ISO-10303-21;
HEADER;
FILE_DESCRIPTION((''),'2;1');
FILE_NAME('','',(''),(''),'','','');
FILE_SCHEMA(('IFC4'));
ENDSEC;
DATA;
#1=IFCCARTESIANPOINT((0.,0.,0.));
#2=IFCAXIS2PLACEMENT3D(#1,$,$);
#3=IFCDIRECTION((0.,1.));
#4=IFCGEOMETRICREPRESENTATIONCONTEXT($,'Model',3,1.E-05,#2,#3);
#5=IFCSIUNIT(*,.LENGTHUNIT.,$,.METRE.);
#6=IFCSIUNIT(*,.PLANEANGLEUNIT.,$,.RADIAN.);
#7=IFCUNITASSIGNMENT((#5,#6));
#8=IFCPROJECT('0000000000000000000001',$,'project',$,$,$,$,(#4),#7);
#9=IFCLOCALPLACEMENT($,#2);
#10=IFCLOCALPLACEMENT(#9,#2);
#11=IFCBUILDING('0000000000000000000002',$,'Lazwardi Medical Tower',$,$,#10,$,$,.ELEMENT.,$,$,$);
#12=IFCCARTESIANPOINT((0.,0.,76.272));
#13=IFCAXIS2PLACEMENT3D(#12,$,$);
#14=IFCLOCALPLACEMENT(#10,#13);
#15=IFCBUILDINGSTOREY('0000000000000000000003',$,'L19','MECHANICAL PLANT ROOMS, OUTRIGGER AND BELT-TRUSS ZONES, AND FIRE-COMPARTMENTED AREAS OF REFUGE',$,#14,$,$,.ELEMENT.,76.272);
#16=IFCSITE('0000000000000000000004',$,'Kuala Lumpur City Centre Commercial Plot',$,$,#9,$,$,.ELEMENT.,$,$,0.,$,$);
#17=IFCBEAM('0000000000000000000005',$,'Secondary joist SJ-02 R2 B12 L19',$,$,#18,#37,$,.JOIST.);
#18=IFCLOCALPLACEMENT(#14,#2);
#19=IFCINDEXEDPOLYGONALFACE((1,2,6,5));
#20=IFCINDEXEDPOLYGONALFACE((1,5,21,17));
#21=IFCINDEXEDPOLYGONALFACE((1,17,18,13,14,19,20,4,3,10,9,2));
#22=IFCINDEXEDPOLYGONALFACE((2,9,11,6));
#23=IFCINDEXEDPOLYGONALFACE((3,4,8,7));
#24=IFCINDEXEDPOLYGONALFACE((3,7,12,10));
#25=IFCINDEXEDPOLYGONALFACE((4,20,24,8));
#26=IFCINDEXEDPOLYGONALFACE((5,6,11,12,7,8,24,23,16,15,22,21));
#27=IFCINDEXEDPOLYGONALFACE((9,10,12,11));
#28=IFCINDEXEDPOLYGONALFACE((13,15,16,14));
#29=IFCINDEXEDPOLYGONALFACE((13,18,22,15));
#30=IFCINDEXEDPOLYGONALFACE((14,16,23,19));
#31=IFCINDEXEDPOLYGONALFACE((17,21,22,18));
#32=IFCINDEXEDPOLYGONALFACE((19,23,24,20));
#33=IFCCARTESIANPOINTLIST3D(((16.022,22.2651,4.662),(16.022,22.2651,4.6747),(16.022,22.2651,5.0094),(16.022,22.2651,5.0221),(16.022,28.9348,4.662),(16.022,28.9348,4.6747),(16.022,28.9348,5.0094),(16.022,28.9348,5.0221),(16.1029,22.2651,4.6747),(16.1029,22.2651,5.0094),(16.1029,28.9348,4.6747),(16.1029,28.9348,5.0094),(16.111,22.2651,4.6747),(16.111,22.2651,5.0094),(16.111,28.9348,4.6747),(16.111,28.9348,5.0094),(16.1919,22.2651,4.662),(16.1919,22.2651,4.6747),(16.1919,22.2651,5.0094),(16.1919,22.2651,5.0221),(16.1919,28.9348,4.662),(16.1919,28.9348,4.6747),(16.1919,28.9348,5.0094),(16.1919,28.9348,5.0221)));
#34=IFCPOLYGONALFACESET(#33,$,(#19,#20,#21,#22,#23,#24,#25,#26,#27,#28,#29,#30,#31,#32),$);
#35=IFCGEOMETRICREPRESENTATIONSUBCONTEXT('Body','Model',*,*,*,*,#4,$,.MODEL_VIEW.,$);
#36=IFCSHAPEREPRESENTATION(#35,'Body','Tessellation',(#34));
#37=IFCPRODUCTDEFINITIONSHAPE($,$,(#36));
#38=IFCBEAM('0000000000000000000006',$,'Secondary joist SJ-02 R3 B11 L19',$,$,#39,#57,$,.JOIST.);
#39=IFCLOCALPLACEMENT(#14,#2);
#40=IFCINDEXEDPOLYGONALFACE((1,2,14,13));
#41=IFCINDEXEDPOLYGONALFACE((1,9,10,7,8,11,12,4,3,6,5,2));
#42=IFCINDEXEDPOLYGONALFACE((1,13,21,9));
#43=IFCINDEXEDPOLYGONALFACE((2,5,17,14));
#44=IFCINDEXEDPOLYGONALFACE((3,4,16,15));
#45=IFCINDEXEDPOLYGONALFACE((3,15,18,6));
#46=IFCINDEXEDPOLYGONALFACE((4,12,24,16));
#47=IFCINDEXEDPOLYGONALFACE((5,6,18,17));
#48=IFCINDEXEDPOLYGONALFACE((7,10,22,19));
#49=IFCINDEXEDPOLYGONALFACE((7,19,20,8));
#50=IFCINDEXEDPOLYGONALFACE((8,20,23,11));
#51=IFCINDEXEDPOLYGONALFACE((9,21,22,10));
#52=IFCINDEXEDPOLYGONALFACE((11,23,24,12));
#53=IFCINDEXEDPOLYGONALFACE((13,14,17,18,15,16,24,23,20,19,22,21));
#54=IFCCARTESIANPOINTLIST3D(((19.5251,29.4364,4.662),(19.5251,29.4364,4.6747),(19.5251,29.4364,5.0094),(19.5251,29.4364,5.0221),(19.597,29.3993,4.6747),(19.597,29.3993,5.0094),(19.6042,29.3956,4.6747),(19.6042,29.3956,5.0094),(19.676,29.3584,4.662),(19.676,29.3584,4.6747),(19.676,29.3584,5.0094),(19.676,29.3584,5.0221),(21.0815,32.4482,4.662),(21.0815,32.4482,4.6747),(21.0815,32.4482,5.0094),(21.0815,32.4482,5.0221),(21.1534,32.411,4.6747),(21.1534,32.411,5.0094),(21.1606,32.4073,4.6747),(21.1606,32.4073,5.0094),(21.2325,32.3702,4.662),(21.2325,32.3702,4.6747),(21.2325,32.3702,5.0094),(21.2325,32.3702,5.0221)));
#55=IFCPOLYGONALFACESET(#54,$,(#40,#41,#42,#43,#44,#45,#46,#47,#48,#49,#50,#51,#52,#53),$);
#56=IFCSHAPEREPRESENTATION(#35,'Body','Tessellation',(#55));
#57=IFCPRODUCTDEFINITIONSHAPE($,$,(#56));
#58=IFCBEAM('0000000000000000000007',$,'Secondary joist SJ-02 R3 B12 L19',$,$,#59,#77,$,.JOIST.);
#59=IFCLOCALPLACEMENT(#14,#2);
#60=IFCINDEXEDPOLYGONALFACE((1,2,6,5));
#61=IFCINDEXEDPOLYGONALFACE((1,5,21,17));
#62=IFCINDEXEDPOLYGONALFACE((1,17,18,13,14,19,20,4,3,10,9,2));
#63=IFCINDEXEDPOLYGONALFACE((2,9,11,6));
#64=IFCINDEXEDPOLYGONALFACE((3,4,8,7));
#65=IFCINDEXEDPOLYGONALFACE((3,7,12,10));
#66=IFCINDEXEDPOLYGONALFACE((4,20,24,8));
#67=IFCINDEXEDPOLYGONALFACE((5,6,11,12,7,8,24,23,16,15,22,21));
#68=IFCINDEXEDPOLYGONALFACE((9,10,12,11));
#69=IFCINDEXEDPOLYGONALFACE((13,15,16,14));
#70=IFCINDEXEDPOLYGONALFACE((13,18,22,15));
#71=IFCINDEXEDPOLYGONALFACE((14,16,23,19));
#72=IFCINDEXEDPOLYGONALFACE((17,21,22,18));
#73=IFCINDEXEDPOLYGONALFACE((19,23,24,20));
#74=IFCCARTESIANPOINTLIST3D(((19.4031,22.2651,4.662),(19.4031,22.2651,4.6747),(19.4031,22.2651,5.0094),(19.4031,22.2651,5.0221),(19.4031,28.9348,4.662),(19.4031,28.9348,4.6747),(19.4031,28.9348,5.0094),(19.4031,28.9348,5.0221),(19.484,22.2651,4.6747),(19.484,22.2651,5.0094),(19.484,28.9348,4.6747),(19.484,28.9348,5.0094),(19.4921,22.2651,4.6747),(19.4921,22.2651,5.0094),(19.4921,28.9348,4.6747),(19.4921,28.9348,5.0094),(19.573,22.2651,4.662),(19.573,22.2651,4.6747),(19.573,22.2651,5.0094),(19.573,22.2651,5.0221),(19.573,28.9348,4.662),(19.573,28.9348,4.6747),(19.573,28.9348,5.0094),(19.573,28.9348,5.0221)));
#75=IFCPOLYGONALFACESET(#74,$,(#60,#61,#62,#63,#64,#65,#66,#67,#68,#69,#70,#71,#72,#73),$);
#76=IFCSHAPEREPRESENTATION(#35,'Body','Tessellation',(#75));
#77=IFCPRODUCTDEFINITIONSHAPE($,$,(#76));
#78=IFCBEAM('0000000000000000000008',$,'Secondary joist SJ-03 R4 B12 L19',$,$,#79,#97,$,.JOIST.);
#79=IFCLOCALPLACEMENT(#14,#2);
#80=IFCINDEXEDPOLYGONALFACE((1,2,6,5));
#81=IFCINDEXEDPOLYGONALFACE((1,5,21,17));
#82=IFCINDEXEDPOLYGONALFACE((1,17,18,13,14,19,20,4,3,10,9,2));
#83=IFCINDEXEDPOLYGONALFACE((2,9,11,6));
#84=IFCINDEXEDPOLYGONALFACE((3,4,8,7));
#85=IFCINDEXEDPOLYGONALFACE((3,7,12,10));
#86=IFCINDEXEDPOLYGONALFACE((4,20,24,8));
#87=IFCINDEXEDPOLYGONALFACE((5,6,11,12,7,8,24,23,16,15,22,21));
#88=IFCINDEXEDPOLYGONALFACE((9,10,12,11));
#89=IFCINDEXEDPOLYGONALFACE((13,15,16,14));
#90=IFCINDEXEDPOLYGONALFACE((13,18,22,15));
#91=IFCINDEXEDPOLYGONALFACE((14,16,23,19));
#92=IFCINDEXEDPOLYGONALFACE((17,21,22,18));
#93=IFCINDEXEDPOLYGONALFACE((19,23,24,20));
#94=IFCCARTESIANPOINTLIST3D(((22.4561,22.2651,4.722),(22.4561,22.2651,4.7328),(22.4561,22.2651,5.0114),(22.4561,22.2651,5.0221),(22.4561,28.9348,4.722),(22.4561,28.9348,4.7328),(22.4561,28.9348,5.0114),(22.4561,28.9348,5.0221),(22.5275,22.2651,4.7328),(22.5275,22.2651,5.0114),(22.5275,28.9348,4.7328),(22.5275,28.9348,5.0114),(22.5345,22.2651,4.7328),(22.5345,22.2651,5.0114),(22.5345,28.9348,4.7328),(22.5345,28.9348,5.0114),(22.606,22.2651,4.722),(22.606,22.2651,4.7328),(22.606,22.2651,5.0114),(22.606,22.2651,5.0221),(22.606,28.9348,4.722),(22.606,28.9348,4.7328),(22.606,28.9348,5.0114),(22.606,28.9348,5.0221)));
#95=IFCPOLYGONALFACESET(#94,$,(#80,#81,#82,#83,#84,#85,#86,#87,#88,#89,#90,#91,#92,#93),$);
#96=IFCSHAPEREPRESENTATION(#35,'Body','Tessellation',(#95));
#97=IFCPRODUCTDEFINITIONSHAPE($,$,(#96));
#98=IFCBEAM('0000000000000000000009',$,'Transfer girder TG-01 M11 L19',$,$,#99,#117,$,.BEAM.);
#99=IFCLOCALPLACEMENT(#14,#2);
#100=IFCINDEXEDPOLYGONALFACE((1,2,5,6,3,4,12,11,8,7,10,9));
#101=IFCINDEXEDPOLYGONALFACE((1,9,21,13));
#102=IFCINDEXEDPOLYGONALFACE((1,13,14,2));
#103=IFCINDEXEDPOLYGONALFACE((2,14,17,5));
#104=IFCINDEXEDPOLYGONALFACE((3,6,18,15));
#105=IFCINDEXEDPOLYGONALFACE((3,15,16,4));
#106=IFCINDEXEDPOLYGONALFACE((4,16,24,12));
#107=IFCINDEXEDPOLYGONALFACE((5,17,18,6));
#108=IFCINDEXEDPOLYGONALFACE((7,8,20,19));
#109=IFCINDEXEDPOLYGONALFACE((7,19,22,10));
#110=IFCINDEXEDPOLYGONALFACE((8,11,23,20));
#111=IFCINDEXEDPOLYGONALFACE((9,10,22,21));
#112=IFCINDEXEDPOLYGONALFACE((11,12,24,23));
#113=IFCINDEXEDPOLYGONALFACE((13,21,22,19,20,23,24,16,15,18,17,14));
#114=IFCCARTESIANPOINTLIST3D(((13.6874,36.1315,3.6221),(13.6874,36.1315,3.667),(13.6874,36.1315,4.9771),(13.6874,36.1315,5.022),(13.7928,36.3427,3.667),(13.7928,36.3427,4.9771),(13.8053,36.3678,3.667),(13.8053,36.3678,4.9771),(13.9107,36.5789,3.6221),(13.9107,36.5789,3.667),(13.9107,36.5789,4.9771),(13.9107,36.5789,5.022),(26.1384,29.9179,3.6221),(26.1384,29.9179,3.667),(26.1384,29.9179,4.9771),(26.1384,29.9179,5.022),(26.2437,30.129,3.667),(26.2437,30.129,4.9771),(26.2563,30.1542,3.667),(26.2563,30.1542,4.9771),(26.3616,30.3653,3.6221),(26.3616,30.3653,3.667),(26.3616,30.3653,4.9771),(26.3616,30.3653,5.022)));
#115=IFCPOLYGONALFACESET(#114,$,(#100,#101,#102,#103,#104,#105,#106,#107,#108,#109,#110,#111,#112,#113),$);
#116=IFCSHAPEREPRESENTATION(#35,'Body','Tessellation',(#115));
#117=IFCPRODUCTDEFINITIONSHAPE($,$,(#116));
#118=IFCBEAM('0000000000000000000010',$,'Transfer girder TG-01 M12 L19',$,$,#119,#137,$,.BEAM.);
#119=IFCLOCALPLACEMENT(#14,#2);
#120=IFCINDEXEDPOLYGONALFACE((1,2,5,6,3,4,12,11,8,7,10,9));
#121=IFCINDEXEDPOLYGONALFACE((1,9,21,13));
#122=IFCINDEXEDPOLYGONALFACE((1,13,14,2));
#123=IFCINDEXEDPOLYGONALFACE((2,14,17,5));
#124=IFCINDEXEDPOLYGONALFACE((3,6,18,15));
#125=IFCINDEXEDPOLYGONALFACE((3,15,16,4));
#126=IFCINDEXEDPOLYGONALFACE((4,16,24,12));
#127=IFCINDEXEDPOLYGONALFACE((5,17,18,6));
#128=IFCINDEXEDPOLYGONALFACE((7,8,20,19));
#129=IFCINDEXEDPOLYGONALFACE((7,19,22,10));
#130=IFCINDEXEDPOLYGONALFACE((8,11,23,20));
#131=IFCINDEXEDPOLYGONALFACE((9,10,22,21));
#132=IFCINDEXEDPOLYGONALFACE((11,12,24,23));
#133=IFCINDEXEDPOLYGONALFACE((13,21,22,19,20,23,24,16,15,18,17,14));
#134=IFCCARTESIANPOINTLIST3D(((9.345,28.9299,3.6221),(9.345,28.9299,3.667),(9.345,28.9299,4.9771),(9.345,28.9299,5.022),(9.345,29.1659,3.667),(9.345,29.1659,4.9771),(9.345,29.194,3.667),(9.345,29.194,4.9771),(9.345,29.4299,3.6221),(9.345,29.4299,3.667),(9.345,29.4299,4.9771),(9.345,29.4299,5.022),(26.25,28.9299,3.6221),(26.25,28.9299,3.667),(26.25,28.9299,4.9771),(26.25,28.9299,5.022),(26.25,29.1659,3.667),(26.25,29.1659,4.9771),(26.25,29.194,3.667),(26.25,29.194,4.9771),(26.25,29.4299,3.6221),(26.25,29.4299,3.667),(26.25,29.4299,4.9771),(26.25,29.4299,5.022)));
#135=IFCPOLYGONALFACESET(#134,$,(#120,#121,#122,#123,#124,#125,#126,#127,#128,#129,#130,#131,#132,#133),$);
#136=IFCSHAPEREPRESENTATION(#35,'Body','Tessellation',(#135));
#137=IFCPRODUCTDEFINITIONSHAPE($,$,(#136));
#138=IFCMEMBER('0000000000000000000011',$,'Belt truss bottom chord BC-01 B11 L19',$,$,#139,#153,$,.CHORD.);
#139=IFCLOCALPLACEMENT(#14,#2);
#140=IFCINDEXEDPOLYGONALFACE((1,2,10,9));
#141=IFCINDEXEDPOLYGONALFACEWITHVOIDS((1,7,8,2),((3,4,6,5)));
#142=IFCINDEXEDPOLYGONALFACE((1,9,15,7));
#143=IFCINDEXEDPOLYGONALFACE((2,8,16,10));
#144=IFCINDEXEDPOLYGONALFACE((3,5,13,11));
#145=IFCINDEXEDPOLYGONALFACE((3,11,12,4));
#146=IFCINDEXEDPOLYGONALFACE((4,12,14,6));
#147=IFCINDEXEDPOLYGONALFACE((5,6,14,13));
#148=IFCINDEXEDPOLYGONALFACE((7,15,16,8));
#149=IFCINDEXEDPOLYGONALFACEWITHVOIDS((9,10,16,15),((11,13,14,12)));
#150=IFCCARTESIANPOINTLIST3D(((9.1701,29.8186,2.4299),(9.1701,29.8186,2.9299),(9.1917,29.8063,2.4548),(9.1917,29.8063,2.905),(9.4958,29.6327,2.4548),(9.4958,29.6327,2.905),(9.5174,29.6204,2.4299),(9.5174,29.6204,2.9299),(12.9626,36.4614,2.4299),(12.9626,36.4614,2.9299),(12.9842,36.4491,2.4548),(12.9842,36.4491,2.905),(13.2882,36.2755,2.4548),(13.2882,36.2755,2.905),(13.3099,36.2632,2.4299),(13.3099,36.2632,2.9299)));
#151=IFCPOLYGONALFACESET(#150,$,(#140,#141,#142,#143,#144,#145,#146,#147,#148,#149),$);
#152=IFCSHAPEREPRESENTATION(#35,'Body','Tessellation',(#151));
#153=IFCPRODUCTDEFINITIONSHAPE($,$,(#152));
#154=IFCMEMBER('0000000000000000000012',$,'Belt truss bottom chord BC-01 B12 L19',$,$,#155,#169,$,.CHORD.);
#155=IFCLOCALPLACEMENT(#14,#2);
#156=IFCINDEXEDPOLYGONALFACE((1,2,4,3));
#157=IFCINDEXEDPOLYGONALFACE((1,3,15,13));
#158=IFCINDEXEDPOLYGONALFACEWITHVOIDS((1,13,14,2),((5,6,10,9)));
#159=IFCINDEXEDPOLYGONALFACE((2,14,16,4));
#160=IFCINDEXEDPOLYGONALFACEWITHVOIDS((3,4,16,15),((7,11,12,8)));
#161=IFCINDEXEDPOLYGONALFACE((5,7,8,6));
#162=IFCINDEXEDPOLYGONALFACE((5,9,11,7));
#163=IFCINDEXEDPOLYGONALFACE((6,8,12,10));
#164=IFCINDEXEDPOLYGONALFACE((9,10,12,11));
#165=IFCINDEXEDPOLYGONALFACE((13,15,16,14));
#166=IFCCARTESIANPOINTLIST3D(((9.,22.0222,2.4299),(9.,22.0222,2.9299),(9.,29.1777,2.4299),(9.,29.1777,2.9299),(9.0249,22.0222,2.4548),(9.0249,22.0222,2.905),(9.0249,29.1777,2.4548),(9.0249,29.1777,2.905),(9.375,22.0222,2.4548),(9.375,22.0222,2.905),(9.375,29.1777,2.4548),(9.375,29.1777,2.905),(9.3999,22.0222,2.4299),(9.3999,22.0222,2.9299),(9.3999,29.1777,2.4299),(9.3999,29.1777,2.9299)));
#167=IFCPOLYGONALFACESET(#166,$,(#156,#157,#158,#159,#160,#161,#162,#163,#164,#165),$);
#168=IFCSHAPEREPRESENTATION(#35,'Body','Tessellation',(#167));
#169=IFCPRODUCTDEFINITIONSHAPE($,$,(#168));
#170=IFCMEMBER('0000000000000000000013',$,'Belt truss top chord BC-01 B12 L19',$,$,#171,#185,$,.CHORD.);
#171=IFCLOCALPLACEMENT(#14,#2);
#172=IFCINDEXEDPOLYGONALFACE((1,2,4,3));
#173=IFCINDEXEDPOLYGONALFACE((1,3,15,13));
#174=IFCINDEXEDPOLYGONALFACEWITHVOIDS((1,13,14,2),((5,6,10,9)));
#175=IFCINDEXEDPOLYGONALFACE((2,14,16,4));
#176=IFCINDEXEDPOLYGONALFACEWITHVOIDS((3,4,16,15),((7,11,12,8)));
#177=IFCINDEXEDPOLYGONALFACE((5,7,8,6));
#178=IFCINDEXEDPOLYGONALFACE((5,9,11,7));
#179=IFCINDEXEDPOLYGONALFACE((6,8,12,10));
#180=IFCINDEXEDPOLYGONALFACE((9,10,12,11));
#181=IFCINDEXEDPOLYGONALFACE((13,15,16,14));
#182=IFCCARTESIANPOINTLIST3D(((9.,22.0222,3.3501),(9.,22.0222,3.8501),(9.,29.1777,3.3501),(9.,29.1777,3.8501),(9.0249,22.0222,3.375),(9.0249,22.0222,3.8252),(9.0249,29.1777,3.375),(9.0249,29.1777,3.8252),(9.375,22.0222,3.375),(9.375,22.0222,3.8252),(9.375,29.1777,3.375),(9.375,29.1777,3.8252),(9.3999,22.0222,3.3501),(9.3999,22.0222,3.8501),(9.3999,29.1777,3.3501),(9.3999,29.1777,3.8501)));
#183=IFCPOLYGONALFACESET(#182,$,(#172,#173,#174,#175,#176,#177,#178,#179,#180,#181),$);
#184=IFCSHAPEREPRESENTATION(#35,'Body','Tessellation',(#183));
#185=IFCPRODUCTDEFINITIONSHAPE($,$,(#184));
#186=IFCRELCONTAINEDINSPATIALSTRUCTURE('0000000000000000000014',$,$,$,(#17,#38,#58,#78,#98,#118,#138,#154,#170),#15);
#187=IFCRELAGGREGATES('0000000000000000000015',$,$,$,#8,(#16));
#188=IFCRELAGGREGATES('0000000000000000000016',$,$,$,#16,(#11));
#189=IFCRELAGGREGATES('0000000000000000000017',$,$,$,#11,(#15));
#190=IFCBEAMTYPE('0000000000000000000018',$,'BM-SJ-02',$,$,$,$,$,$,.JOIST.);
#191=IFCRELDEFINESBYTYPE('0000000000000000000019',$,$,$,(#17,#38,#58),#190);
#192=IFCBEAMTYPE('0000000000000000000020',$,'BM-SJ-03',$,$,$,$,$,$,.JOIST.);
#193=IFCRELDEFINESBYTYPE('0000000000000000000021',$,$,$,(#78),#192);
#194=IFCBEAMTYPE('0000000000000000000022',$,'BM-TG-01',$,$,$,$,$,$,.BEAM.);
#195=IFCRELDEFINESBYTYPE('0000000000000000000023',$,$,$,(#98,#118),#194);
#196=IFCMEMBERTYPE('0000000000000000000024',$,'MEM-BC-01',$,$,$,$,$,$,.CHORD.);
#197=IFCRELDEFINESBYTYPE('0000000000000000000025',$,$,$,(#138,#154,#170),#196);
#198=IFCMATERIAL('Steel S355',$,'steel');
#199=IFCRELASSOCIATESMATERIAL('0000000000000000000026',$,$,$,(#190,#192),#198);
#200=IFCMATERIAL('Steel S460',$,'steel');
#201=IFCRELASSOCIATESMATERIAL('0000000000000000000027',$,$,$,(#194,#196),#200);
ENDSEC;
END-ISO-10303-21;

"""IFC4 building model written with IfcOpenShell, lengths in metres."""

from ifc_helpers import new_model, si_unit, direction, frame, origin, origin_2d, place, context, subcontext, project, spatial, hollow_rectangle, i_section, extrude, material, material_profile, profile_set, type_object, element, save


model = new_model("IFC4")

# Units and contexts
model_context = context("Model", 3, precision=1e-05, world=origin(), true_north=direction((0.0, 1.0)))
body_context = subcontext(model_context, "Body", "Model", "MODEL_VIEW")
ifc_project = project(units=[si_unit("LENGTHUNIT", "METRE"), si_unit("PLANEANGLEUNIT", "RADIAN")], contexts=[model_context])

# Site, building, storey
site_placement = place(None, origin())
site = spatial("IfcSite", under=ifc_project, at=site_placement, Name="Kuala Lumpur City Centre Commercial Plot", CompositionType="ELEMENT", RefElevation=0.0)
building_placement = place(site_placement, origin())
building = spatial("IfcBuilding", under=site, at=building_placement, Name="Lazwardi Medical Tower", CompositionType="ELEMENT")
storey_placement = place(building_placement, frame((0.0, 0.0, 76.272)))
storey = spatial("IfcBuildingStorey", under=building, at=storey_placement, Name="L19", Description="MECHANICAL PLANT ROOMS, OUTRIGGER AND BELT-TRUSS ZONES, AND FIRE-COMPARTMENTED AREAS OF REFUGE", CompositionType="ELEMENT", Elevation=76.272)

# Beams
ifc_material_1 = material(Name="Steel S460", Category="steel")
ifc_material_2 = material(Name="Steel S355", Category="steel")
ifc_material_profile_1 = material_profile(ifc_material_2, i_section(OverallWidth=0.1699, OverallDepth=0.3601, WebThickness=0.0081, FlangeThickness=0.0127, at=origin_2d()), Name="IPE 360")
ifc_profile_set_1 = profile_set([ifc_material_profile_1], Name="Steel S355")
beam_type_1 = type_object("IfcBeamType", Name="BM-SJ-02", PredefinedType="JOIST", material=ifc_profile_set_1)
beam_1_placement = place(storey_placement, frame((16.1069, 28.9348, 4.842), z_axis=(0.0, -1.0, 0.0), x_axis=(1.0, 0.0, 0.0)))
element("IfcBeam", 1, at=beam_1_placement, inside=storey, type_object=beam_type_1, Name="Secondary joist SJ-02 R2 B12 L19", PredefinedType="JOIST", context=body_context, shape_type="SweptSolid", body=[
    extrude(i_section(OverallWidth=0.1699, OverallDepth=0.3601, WebThickness=0.0081, FlangeThickness=0.0127, at=origin_2d()), origin(), (0.0, 0.0, 1.0), 6.6697),
])
beam_2_placement = place(storey_placement, frame((21.157, 32.4092, 4.842), z_axis=(-0.4591, -0.888385, 0.0), x_axis=(0.888385, -0.4591, 0.0)))
element("IfcBeam", 2, at=beam_2_placement, inside=storey, type_object=beam_type_1, Name="Secondary joist SJ-02 R3 B11 L19", PredefinedType="JOIST", context=body_context, shape_type="SweptSolid", body=[
    extrude(i_section(OverallWidth=0.1699, OverallDepth=0.3601, WebThickness=0.0081, FlangeThickness=0.0127, at=origin_2d()), origin(), (0.0, 0.0, 1.0), 3.3901),
])
beam_3_placement = place(storey_placement, frame((19.488, 28.9348, 4.842), z_axis=(0.0, -1.0, 0.0), x_axis=(1.0, 0.0, 0.0)))
element("IfcBeam", 3, at=beam_3_placement, inside=storey, type_object=beam_type_1, Name="Secondary joist SJ-02 R3 B12 L19", PredefinedType="JOIST", context=body_context, shape_type="SweptSolid", body=[
    extrude(i_section(OverallWidth=0.1699, OverallDepth=0.3601, WebThickness=0.0081, FlangeThickness=0.0127, at=origin_2d()), origin(), (0.0, 0.0, 1.0), 6.6697),
])
ifc_material_profile_2 = material_profile(ifc_material_2, i_section(OverallWidth=0.1499, OverallDepth=0.3, WebThickness=0.0071, FlangeThickness=0.0107, at=origin_2d()), Name="IPE 300")
ifc_profile_set_2 = profile_set([ifc_material_profile_2], Name="Steel S355")
beam_type_2 = type_object("IfcBeamType", Name="BM-SJ-03", PredefinedType="JOIST", material=ifc_profile_set_2)
beam_4_placement = place(storey_placement, frame((22.531, 28.9348, 4.8721), z_axis=(0.0, -1.0, 0.0), x_axis=(1.0, 0.0, 0.0)))
element("IfcBeam", 4, at=beam_4_placement, inside=storey, type_object=beam_type_2, Name="Secondary joist SJ-03 R4 B12 L19", PredefinedType="JOIST", context=body_context, shape_type="SweptSolid", body=[
    extrude(i_section(OverallWidth=0.1499, OverallDepth=0.3, WebThickness=0.0071, FlangeThickness=0.0107, at=origin_2d()), origin(), (0.0, 0.0, 1.0), 6.6697),
])
ifc_material_profile_3 = material_profile(ifc_material_1, i_section(OverallWidth=0.5, OverallDepth=1.3999, WebThickness=0.0281, FlangeThickness=0.0449, at=origin_2d()), Name="PG 1400x500")
ifc_profile_set_3 = profile_set([ifc_material_profile_3], Name="Steel S460")
beam_type_3 = type_object("IfcBeamType", Name="BM-TG-01", PredefinedType="BEAM", material=ifc_profile_set_3)
beam_5_placement = place(storey_placement, frame((13.7991, 36.3552, 4.322), z_axis=(0.894767, -0.446533, 0.0), x_axis=(0.446533, 0.894767, 0.0)))
element("IfcBeam", 5, at=beam_5_placement, inside=storey, type_object=beam_type_3, Name="Transfer girder TG-01 M11 L19", PredefinedType="BEAM", context=body_context, shape_type="SweptSolid", body=[
    extrude(i_section(OverallWidth=0.5, OverallDepth=1.3999, WebThickness=0.0281, FlangeThickness=0.0449, at=origin_2d()), origin(), (0.0, 0.0, 1.0), 13.9153),
])
beam_6_placement = place(storey_placement, frame((9.345, 29.1799, 4.322), z_axis=(1.0, 0.0, 0.0), x_axis=(0.0, 1.0, 0.0)))
element("IfcBeam", 6, at=beam_6_placement, inside=storey, type_object=beam_type_3, Name="Transfer girder TG-01 M12 L19", PredefinedType="BEAM", context=body_context, shape_type="SweptSolid", body=[
    extrude(i_section(OverallWidth=0.5, OverallDepth=1.3999, WebThickness=0.0281, FlangeThickness=0.0449, at=origin_2d()), origin(), (0.0, 0.0, 1.0), 16.905),
])

# Members
ifc_material_profile_4 = material_profile(ifc_material_1, hollow_rectangle(XDim=0.3999, YDim=0.5, WallThickness=0.0249, at=origin_2d()), Name="RHS 500x400x25")
ifc_profile_set_4 = profile_set([ifc_material_profile_4], Name="Steel S460")
member_type_1 = type_object("IfcMemberType", Name="MEM-BC-01", PredefinedType="CHORD", material=ifc_profile_set_4)
member_1_placement = place(storey_placement, frame((13.1362, 36.3623, 2.6799), z_axis=(-0.495802, -0.868436, 0.0), x_axis=(0.868436, -0.495802, 0.0)))
element("IfcMember", 7, at=member_1_placement, inside=storey, type_object=member_type_1, Name="Belt truss bottom chord BC-01 B11 L19", PredefinedType="CHORD", context=body_context, shape_type="SweptSolid", body=[
    extrude(hollow_rectangle(XDim=0.3999, YDim=0.5, WallThickness=0.0249, at=origin_2d()), origin(), (0.0, 0.0, 1.0), 7.6492),
])
for number, where, z_axis, x_axis, name in (
    (8, (9.2, 29.1777, 2.6799), (0.0, -1.0, 0.0), (1.0, 0.0, 0.0), "Belt truss bottom chord BC-01 B12 L19"),
    (9, (9.2, 29.1777, 3.6001), (0.0, -1.0, 0.0), (1.0, 0.0, 0.0), "Belt truss top chord BC-01 B12 L19"),
):
    element("IfcMember", number, at=place(storey_placement, frame(where, z_axis=z_axis, x_axis=x_axis)), inside=storey, type_object=member_type_1, Name=name, PredefinedType="CHORD", context=body_context, shape_type="SweptSolid", body=[
        extrude(hollow_rectangle(XDim=0.3999, YDim=0.5, WallThickness=0.0249, at=origin_2d()), origin(), (0.0, 0.0, 1.0), 7.1555),
    ])

save(model, "model.ifc")
